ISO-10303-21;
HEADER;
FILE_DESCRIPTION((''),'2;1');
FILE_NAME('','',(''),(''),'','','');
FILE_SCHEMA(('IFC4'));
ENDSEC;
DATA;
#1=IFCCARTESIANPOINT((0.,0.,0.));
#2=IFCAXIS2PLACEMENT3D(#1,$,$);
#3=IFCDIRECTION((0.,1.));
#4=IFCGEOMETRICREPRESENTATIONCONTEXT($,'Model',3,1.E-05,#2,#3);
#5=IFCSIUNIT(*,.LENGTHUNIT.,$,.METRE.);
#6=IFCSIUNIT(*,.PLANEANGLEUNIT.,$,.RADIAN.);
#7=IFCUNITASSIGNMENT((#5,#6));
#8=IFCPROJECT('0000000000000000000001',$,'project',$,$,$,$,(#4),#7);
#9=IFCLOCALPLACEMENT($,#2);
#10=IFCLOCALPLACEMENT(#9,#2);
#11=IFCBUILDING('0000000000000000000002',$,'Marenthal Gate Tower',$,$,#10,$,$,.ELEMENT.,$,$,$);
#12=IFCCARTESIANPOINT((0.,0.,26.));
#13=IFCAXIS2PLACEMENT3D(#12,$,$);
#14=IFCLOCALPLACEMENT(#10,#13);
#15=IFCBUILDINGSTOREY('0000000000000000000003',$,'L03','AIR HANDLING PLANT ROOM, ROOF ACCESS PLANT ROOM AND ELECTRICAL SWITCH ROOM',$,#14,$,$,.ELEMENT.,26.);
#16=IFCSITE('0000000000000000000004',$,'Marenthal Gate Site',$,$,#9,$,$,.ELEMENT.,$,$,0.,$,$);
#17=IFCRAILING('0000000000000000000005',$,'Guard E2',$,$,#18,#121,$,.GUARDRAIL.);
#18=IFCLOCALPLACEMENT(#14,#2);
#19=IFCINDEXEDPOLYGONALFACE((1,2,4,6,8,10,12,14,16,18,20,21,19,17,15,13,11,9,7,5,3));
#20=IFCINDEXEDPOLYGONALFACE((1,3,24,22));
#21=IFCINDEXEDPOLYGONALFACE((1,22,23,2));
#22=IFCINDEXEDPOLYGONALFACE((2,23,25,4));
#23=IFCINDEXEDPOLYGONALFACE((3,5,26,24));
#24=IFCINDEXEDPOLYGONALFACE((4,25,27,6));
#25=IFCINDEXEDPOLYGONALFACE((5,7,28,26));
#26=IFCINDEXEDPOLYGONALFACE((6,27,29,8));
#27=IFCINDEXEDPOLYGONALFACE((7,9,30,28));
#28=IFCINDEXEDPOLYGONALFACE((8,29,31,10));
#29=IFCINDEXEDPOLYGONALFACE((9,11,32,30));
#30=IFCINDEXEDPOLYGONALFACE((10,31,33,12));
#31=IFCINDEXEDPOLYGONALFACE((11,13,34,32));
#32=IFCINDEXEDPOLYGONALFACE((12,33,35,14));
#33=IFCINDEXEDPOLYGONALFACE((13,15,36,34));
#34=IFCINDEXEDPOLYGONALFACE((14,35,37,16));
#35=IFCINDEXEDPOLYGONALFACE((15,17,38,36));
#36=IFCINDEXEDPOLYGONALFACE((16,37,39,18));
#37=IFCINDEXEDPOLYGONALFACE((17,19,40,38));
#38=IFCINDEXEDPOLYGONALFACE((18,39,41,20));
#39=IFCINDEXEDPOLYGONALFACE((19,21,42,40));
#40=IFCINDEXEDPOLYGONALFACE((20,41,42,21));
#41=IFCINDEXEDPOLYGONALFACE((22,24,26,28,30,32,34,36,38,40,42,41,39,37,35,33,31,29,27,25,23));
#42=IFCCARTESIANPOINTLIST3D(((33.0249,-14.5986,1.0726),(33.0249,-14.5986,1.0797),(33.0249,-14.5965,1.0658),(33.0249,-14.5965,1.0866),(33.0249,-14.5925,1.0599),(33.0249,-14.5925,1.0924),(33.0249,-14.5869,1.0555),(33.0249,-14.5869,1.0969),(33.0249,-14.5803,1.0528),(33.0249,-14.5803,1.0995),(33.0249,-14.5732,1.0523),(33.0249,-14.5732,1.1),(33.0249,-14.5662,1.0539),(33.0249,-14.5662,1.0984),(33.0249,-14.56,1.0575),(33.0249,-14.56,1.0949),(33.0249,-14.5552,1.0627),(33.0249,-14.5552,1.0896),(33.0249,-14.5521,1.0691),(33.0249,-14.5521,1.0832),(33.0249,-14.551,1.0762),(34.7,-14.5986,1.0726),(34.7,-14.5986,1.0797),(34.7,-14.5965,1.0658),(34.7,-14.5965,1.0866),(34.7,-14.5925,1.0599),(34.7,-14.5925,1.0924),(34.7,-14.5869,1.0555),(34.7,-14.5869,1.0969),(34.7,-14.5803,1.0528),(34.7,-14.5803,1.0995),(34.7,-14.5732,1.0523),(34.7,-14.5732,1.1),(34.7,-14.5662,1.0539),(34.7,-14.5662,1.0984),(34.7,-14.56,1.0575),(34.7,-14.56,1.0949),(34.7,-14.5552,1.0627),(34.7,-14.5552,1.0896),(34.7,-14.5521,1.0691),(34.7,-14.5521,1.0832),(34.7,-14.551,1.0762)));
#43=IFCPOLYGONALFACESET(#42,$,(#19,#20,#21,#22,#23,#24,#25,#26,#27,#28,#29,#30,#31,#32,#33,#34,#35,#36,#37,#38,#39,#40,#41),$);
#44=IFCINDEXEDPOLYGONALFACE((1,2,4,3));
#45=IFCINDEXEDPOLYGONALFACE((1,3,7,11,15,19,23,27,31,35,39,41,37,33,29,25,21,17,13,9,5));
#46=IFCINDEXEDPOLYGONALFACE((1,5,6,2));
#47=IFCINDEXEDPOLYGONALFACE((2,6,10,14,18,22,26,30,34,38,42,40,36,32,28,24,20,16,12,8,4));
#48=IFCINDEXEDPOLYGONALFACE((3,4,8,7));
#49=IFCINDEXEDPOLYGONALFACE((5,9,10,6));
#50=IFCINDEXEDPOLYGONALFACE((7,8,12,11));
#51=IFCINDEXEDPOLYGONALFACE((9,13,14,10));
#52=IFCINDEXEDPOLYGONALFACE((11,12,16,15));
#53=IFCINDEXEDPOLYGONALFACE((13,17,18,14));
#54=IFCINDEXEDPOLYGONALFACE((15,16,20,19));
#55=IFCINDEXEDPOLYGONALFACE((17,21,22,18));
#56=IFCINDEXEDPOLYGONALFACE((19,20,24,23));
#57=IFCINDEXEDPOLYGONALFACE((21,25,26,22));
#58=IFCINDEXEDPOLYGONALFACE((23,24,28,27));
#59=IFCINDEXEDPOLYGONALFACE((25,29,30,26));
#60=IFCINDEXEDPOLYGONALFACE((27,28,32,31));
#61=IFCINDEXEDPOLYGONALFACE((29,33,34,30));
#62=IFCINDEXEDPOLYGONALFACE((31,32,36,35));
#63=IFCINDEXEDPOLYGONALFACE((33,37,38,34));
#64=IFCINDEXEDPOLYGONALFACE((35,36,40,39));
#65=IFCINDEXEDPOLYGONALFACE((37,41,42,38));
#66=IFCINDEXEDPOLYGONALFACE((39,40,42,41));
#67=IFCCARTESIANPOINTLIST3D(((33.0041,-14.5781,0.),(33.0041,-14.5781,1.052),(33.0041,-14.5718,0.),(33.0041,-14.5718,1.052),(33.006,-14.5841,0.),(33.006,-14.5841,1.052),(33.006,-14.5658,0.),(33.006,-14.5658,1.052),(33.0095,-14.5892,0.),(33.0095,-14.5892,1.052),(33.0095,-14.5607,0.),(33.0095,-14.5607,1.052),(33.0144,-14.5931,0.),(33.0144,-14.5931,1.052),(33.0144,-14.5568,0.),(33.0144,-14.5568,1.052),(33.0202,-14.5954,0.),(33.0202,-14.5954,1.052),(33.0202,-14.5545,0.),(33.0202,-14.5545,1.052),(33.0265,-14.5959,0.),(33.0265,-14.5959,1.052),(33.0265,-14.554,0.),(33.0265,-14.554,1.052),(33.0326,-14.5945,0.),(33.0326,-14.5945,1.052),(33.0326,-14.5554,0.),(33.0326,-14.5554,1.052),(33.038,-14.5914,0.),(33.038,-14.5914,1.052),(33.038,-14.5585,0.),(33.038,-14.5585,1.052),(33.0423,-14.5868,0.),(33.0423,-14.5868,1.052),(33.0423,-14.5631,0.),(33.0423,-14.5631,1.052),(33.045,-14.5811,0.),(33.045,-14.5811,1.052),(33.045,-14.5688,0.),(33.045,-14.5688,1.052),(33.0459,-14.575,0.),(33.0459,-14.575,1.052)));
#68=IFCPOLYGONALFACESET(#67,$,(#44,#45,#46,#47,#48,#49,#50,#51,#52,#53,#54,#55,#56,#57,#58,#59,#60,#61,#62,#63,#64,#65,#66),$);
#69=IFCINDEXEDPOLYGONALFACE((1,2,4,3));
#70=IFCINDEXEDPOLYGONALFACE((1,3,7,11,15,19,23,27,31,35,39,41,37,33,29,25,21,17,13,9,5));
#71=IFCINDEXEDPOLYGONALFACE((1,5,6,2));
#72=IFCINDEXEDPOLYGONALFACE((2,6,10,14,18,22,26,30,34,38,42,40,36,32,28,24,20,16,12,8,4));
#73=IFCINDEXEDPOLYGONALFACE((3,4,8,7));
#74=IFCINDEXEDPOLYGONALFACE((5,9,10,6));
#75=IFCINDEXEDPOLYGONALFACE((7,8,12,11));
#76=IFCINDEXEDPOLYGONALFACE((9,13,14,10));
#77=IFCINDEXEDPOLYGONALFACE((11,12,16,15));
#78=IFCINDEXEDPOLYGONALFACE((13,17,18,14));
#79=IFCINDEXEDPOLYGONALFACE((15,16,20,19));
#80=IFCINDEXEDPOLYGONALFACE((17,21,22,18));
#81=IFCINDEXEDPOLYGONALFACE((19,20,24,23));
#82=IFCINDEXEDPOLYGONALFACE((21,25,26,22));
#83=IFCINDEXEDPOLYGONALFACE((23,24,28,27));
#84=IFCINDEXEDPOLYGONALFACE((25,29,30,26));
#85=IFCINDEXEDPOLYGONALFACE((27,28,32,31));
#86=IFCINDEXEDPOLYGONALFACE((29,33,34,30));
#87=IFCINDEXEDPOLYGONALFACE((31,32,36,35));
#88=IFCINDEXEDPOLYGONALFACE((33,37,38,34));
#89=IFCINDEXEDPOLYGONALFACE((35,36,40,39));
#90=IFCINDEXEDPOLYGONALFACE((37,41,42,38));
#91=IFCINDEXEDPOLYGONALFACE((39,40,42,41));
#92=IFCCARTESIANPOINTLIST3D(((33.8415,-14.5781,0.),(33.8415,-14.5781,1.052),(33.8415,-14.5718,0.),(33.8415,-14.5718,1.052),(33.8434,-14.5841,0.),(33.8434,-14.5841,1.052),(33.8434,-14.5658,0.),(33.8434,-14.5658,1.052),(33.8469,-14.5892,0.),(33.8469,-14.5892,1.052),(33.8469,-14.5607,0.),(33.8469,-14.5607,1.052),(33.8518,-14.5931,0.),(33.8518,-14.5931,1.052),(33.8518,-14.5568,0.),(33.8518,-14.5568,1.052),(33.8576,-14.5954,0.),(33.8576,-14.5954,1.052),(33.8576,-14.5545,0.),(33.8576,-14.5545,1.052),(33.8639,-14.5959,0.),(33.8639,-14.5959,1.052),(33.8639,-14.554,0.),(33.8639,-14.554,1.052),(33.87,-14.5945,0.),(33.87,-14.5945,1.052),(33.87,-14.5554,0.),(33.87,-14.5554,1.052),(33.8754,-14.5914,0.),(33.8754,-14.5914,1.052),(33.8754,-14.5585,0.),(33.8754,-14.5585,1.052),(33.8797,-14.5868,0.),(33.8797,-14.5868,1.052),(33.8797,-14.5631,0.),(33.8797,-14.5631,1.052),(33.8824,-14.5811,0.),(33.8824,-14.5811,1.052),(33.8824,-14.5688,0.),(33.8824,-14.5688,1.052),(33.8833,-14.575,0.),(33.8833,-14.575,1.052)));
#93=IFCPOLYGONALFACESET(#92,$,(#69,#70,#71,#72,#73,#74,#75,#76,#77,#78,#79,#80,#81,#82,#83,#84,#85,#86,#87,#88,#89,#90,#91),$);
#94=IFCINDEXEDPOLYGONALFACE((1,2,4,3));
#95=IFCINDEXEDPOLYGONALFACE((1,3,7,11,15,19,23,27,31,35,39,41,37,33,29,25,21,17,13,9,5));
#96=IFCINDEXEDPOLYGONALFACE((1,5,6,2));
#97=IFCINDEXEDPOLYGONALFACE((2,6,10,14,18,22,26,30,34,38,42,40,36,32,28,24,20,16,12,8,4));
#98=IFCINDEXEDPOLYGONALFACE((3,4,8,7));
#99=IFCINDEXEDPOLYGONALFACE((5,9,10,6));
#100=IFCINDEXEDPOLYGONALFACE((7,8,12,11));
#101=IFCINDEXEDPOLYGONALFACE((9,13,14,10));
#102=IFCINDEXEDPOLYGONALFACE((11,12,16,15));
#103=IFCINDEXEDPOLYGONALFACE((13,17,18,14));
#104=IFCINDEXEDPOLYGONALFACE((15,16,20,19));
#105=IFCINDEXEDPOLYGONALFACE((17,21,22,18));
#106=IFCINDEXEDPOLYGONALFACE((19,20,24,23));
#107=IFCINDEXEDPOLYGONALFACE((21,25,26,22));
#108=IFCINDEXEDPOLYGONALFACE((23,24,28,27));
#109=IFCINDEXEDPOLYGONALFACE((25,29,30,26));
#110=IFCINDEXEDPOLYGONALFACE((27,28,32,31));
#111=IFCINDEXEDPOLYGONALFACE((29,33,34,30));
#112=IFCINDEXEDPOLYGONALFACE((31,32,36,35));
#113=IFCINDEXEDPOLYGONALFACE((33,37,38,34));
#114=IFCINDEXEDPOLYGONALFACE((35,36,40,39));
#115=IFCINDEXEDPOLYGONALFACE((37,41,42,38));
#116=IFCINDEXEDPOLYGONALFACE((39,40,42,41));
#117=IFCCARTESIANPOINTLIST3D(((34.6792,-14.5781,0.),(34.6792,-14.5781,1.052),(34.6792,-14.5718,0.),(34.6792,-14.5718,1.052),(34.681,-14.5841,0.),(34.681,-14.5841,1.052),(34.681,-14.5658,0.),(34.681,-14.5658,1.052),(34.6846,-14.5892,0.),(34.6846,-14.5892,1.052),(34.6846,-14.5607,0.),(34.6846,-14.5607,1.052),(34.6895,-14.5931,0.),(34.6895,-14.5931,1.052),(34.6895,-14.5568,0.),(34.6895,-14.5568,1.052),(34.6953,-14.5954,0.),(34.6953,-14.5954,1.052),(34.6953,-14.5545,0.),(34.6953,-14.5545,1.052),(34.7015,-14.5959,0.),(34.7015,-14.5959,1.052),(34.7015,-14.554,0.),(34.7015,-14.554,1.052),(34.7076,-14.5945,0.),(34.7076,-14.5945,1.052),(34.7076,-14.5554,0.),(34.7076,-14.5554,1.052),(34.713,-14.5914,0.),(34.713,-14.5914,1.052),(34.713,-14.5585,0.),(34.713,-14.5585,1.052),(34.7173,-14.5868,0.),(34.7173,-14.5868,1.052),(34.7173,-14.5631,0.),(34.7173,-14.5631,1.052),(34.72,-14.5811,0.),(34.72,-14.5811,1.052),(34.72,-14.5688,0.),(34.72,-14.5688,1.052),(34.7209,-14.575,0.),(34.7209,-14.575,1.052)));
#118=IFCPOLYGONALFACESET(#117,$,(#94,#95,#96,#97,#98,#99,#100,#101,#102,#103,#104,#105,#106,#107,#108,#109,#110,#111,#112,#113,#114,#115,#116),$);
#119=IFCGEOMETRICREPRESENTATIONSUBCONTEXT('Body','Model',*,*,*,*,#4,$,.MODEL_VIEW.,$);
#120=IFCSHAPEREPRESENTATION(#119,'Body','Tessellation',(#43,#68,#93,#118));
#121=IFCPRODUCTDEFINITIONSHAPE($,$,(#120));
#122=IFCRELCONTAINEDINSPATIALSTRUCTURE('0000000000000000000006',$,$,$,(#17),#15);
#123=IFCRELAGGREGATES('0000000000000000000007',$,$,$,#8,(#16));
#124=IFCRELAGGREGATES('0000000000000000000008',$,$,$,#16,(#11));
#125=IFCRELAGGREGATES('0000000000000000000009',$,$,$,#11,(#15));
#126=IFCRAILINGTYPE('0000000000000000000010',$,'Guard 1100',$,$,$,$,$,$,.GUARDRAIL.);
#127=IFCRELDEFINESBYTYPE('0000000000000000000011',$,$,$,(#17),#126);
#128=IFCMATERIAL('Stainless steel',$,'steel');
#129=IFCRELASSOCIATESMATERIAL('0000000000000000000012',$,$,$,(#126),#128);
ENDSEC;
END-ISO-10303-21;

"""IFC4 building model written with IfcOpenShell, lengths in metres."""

from ifc_helpers import new_model, si_unit, direction, frame, origin, origin_2d, place, context, subcontext, project, spatial, circle, extrude, material, type_object, element, save


model = new_model("IFC4")

# Units and contexts
model_context = context("Model", 3, precision=1e-05, world=origin(), true_north=direction((0.0, 1.0)))
body_context = subcontext(model_context, "Body", "Model", "MODEL_VIEW")
ifc_project = project(units=[si_unit("LENGTHUNIT", "METRE"), si_unit("PLANEANGLEUNIT", "RADIAN")], contexts=[model_context])

# Site, building, storey
site_placement = place(None, origin())
site = spatial("IfcSite", under=ifc_project, at=site_placement, Name="Marenthal Gate Site", CompositionType="ELEMENT", RefElevation=0.0)
building_placement = place(site_placement, origin())
building = spatial("IfcBuilding", under=site, at=building_placement, Name="Marenthal Gate Tower", CompositionType="ELEMENT")
storey_placement = place(building_placement, frame((0.0, 0.0, 26.0)))
storey = spatial("IfcBuildingStorey", under=building, at=storey_placement, Name="L03", Description="AIR HANDLING PLANT ROOM, ROOF ACCESS PLANT ROOM AND ELECTRICAL SWITCH ROOM", CompositionType="ELEMENT", Elevation=26.0)

# Railing
ifc_material_1 = material(Name="Stainless steel", Category="steel")
railing_type = type_object("IfcRailingType", Name="Guard 1100", PredefinedType="GUARDRAIL", material=ifc_material_1)
railing_placement = place(storey_placement, frame((33.0249, -14.575, 0.0)))
element("IfcRailing", 1, at=railing_placement, inside=storey, type_object=railing_type, Name="Guard E2", PredefinedType="GUARDRAIL", context=body_context, shape_type="SweptSolid", body=[
    extrude(circle(Radius=0.0239, at=origin_2d()), frame((0.0, 0.0, 1.0762), z_axis=(1.0, 0.0, 0.0), x_axis=(0.0, 1.0, 0.0)), (0.0, 0.0, 1.0), 1.675),
    extrude(circle(Radius=0.021, at=origin_2d()), origin(), (0.0, 0.0, 1.0), 1.052),
    extrude(circle(Radius=0.021, at=origin_2d()), frame((0.8374, 0.0, 0.0)), (0.0, 0.0, 1.0), 1.052),
    extrude(circle(Radius=0.021, at=origin_2d()), frame((1.675, 0.0, 0.0)), (0.0, 0.0, 1.0), 1.052),
])

save(model, "model.ifc")
